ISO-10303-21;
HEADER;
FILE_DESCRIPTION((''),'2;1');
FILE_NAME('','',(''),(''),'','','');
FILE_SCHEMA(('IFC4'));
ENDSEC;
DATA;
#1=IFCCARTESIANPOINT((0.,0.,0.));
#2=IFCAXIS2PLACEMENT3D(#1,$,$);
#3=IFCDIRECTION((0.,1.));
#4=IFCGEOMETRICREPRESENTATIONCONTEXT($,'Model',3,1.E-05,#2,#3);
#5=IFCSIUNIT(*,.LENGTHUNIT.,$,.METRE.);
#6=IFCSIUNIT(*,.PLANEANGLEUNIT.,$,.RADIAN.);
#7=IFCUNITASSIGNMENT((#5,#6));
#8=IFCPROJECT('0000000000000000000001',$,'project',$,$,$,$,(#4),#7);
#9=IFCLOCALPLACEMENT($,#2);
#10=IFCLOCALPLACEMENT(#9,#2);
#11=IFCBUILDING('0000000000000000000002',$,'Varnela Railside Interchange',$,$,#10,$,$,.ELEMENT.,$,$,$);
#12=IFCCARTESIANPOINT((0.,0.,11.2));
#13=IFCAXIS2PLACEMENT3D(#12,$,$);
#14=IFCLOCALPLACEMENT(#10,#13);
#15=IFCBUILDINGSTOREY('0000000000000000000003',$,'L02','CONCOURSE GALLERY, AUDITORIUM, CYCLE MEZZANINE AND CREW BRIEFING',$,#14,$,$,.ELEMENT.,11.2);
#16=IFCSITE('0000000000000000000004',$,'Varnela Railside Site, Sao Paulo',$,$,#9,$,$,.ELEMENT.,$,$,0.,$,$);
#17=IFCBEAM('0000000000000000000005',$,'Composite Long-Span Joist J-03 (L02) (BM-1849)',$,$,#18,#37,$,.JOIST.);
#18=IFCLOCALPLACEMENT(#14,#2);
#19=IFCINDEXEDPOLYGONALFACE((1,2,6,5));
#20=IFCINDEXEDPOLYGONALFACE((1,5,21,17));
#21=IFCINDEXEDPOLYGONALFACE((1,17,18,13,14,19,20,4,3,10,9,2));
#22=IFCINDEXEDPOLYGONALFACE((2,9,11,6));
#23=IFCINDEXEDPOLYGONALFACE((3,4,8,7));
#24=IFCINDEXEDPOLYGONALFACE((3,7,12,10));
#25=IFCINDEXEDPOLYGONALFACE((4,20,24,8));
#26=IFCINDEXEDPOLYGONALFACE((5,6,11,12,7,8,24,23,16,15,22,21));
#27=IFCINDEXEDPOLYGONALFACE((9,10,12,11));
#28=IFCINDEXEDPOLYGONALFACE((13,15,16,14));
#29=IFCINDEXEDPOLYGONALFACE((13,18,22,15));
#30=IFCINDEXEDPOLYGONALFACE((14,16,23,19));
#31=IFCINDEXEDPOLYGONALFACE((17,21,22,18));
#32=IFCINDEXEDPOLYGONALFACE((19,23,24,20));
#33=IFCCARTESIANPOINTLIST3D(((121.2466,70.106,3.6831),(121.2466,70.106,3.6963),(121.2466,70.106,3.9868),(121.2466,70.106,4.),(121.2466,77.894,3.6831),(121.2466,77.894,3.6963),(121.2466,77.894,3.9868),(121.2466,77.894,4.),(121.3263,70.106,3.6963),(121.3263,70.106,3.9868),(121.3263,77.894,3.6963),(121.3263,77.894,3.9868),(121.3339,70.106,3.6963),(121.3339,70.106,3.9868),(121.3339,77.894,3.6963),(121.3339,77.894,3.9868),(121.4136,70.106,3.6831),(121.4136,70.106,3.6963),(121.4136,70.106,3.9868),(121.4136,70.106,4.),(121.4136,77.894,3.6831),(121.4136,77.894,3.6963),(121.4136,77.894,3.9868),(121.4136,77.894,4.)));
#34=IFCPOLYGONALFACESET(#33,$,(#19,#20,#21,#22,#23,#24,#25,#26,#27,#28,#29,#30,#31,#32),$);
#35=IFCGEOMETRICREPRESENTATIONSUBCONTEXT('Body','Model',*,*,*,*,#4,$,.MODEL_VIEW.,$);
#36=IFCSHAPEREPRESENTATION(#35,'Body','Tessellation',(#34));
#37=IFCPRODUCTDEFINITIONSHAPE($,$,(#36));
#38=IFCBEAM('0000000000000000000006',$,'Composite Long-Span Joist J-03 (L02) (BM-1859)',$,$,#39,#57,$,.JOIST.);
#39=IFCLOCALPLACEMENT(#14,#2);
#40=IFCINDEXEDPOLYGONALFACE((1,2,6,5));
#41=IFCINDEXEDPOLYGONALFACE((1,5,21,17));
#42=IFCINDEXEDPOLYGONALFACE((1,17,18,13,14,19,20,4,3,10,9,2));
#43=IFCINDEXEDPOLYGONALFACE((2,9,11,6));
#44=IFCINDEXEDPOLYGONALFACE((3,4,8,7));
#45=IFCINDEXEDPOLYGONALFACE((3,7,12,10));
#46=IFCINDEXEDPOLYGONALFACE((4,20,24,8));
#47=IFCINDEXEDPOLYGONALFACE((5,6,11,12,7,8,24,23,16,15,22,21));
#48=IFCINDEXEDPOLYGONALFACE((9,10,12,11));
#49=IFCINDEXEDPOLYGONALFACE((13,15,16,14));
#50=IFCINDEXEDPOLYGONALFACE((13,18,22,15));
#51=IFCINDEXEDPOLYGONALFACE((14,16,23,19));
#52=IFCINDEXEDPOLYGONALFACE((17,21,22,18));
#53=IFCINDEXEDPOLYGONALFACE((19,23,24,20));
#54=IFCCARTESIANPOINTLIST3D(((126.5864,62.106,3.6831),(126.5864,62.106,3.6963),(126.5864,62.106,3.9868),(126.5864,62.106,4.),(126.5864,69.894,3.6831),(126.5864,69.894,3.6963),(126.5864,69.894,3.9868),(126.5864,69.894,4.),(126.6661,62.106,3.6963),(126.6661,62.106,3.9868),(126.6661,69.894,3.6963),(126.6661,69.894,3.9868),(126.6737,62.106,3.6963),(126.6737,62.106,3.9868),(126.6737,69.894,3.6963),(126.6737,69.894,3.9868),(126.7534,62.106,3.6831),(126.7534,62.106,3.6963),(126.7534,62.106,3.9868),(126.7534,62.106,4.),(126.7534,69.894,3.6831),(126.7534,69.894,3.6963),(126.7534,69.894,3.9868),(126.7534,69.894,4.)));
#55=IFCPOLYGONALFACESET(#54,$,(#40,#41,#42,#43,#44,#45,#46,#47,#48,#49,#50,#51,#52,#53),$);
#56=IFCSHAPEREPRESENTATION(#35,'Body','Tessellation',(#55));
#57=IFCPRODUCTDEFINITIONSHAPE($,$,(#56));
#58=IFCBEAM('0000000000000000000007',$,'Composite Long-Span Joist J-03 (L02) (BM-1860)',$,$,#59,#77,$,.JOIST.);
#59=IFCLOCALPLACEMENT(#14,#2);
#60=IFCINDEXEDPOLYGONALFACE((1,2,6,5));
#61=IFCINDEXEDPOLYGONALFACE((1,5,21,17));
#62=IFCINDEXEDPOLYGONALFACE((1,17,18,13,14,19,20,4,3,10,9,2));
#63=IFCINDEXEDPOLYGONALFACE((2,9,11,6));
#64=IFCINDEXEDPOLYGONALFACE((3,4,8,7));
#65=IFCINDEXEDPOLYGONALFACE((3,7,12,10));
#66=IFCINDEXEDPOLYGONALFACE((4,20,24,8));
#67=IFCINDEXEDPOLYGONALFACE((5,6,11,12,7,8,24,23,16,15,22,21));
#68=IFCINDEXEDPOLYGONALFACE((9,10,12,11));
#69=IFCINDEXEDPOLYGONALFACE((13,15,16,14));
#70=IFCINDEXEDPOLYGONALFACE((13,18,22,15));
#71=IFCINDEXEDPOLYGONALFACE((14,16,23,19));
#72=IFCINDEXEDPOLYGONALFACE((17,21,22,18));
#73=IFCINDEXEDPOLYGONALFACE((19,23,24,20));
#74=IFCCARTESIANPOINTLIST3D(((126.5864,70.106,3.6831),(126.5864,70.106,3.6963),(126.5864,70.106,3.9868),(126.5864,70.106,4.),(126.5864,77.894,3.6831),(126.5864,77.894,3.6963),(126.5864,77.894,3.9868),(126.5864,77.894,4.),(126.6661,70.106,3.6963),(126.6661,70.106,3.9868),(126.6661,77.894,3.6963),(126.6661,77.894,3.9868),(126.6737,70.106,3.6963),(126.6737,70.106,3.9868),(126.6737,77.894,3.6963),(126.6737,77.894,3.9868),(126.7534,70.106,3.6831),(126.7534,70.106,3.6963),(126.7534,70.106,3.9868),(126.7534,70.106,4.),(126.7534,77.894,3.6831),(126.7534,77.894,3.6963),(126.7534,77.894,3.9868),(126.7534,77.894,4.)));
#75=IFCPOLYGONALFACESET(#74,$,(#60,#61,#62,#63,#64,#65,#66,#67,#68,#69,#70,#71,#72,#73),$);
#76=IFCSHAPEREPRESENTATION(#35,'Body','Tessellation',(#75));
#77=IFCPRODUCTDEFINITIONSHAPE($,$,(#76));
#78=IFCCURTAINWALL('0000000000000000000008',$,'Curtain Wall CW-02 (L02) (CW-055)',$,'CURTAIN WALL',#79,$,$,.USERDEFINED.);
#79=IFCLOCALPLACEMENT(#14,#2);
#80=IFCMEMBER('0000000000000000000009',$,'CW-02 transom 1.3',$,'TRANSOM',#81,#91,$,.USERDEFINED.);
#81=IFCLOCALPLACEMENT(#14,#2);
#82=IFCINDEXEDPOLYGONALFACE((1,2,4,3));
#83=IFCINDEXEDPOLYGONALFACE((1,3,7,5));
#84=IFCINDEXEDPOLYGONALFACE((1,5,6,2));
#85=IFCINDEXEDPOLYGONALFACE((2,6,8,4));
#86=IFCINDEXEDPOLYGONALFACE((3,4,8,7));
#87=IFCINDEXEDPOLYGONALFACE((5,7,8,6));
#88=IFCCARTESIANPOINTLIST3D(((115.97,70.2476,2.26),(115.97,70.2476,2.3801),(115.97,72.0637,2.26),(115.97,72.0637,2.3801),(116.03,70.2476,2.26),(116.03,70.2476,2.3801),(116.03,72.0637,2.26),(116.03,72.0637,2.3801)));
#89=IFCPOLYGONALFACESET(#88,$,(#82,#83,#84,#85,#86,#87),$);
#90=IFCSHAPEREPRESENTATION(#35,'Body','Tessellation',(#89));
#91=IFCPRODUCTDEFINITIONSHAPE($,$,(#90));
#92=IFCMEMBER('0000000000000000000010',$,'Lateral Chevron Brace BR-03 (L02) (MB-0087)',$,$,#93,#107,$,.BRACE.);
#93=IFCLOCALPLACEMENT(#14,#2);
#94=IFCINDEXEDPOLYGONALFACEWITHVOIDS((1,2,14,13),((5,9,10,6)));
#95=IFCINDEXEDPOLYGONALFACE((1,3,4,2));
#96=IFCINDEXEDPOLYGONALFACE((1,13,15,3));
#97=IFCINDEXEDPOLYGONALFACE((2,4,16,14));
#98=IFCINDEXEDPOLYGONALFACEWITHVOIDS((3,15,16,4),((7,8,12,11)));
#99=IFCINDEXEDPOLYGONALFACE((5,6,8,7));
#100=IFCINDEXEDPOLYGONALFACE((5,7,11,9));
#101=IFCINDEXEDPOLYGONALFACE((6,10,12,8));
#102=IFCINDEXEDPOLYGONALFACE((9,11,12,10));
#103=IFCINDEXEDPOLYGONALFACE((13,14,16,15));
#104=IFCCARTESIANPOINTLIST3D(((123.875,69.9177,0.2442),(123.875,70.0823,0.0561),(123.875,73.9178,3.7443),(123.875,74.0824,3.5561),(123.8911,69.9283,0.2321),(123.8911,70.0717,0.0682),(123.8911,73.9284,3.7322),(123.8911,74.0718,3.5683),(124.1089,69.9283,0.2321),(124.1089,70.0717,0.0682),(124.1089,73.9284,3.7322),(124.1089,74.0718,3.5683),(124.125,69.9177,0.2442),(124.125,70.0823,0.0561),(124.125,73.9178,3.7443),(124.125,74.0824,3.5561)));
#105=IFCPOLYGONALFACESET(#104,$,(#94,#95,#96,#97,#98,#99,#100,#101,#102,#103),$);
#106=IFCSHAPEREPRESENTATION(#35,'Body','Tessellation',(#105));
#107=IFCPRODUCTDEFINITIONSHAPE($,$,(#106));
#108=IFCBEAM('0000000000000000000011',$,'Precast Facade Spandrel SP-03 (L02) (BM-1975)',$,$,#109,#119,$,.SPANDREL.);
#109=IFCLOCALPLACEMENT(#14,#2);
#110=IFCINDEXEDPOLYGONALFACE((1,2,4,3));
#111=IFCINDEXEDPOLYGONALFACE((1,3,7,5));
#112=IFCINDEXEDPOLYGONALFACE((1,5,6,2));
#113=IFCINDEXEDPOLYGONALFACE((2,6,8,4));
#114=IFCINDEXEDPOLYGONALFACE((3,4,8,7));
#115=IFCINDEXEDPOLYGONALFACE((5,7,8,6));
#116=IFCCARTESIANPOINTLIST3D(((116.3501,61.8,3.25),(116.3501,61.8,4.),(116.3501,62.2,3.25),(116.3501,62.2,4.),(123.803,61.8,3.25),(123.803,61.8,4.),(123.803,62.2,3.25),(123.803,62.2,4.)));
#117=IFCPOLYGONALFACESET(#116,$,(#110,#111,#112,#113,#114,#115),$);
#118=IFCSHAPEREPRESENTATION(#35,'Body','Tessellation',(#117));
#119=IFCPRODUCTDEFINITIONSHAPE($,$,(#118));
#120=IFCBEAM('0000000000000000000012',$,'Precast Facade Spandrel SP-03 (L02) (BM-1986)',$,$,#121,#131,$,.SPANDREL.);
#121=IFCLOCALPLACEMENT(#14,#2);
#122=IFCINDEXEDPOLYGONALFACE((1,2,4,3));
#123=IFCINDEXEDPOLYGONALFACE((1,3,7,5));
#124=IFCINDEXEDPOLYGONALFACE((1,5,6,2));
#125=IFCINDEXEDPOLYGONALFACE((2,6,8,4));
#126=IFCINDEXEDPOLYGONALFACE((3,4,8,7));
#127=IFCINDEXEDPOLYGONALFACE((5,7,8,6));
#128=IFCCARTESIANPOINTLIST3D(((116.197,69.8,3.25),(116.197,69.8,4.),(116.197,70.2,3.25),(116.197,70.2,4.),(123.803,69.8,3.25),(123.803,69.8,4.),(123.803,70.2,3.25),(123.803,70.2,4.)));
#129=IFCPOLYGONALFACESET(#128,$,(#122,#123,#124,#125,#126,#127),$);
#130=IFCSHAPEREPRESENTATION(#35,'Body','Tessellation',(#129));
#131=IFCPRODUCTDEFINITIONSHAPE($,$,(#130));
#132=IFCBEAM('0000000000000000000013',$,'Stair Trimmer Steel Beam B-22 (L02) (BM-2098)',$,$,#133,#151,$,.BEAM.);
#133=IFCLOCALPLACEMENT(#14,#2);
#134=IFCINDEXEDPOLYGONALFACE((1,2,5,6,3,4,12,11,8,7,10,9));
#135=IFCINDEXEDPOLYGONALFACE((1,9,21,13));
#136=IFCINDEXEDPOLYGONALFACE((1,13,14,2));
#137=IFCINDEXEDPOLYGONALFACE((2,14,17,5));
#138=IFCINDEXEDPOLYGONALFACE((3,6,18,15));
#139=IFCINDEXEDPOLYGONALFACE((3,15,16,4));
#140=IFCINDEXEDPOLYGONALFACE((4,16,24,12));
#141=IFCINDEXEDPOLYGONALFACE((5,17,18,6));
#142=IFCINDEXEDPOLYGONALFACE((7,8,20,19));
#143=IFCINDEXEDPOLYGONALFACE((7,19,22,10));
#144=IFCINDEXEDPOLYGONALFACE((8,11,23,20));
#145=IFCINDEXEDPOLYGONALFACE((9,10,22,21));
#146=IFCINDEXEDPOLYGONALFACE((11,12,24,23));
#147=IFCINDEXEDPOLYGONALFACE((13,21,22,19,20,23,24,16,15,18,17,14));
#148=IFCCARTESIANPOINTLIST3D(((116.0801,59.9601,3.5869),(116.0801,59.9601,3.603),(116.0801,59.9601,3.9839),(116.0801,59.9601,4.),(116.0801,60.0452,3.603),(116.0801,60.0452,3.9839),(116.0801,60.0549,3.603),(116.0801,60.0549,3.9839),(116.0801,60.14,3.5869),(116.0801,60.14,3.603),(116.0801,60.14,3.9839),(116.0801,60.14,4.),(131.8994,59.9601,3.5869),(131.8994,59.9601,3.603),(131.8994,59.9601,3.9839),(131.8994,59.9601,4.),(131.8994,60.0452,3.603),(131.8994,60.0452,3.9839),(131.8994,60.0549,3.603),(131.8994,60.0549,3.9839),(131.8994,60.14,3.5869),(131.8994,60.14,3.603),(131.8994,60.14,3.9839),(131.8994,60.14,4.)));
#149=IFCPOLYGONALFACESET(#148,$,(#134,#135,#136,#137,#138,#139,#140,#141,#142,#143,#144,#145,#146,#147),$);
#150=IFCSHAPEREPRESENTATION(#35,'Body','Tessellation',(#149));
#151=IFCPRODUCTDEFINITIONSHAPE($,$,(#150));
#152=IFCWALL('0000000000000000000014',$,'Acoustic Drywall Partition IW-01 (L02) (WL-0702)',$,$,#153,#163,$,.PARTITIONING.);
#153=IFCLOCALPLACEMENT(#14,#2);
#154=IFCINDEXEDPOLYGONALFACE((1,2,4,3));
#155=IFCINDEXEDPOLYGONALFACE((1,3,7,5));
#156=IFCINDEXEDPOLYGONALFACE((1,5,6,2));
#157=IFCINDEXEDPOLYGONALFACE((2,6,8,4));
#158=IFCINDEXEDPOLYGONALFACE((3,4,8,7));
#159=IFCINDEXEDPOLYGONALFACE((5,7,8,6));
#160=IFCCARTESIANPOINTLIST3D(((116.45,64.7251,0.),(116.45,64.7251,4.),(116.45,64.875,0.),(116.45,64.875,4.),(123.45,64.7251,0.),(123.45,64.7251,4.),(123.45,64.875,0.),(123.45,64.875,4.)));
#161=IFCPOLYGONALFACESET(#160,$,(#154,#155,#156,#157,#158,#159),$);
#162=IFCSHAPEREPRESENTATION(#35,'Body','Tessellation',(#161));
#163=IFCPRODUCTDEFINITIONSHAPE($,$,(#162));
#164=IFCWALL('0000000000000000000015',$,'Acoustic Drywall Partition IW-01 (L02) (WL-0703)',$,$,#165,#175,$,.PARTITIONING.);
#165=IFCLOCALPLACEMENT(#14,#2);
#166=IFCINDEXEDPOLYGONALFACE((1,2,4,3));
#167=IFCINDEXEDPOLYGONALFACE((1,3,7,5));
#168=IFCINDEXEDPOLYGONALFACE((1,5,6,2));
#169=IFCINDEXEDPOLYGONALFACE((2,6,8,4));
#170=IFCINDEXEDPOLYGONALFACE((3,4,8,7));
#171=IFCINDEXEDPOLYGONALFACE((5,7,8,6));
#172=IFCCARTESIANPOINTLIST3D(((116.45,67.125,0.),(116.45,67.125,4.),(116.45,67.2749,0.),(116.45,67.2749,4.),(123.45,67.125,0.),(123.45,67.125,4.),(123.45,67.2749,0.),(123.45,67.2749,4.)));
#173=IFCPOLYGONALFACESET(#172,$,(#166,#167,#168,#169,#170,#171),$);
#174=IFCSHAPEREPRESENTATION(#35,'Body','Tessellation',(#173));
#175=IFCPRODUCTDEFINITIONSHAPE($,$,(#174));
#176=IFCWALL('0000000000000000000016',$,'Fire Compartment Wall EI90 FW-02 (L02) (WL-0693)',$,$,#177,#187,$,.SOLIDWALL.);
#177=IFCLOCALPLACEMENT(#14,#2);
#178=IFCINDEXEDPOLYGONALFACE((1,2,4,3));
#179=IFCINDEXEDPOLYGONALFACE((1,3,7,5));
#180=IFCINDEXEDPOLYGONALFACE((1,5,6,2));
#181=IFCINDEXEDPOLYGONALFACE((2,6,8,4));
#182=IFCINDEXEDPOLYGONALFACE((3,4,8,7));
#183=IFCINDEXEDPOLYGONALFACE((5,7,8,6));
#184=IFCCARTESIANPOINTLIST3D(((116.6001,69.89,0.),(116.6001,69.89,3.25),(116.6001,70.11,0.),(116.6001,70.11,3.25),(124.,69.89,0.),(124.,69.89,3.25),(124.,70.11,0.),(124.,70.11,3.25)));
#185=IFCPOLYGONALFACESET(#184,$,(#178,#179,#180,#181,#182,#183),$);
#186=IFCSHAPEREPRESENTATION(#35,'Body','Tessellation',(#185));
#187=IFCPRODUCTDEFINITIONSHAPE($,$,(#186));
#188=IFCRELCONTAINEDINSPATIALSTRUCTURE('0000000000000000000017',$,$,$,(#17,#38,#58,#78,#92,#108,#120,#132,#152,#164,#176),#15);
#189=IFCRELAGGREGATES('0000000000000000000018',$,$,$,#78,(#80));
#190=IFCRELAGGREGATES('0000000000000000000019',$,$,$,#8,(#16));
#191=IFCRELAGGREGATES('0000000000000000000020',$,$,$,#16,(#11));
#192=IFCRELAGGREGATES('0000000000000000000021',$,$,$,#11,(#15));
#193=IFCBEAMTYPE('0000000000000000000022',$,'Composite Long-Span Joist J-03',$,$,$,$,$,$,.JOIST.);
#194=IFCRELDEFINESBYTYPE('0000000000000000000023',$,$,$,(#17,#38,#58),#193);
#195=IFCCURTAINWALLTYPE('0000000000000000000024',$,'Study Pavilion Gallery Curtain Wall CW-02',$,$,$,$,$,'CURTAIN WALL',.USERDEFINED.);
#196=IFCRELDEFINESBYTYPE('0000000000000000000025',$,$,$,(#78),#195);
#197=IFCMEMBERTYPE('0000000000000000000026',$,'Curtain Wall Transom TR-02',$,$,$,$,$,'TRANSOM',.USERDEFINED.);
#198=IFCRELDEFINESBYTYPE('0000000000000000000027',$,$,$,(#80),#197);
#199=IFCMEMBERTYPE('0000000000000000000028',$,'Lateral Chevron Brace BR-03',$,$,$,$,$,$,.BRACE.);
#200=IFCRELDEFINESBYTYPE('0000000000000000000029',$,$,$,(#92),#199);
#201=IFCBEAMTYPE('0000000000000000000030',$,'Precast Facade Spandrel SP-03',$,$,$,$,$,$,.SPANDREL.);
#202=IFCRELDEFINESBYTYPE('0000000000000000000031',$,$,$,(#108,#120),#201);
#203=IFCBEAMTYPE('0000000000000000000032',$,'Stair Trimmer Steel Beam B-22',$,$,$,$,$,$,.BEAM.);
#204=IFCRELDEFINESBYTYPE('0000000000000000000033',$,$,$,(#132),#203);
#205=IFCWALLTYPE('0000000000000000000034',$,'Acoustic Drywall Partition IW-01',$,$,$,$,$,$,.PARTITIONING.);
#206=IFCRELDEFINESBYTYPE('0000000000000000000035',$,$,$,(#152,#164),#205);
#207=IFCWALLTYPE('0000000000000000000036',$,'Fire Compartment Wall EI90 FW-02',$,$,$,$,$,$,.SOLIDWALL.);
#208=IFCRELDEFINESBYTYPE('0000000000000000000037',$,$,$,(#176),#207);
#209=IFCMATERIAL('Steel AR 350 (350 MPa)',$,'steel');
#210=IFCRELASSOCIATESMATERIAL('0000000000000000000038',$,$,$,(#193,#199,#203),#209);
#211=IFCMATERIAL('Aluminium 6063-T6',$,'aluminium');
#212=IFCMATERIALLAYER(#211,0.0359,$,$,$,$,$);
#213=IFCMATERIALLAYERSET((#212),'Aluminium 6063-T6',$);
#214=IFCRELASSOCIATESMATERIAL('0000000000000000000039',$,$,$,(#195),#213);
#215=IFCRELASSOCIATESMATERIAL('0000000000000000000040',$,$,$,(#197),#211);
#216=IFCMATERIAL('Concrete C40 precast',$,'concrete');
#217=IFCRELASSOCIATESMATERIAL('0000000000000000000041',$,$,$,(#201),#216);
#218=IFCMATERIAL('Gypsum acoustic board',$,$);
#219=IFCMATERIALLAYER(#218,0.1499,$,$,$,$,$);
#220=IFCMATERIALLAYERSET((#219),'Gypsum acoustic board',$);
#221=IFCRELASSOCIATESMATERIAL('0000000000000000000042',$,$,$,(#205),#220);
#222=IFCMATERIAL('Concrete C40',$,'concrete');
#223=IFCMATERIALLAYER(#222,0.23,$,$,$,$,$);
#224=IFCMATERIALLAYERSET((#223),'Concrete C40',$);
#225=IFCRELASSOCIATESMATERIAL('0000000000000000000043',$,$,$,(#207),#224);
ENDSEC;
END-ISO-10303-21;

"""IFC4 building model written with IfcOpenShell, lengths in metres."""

from ifc_helpers import new_model, si_unit, direction, frame, frame_2d, origin, origin_2d, place, context, subcontext, project, spatial, rectangle, hollow_rectangle, i_section, extrude, material, layer, layer_set, material_profile, profile_set, type_object, element, aggregate, save


model = new_model("IFC4")

# Units and contexts
model_context = context("Model", 3, precision=1e-05, world=origin(), true_north=direction((0.0, 1.0)))
body_context = subcontext(model_context, "Body", "Model", "MODEL_VIEW")
ifc_project = project(units=[si_unit("LENGTHUNIT", "METRE"), si_unit("PLANEANGLEUNIT", "RADIAN")], contexts=[model_context])

# Site, building, storey
site_placement = place(None, origin())
site = spatial("IfcSite", under=ifc_project, at=site_placement, Name="Varnela Railside Site, Sao Paulo", CompositionType="ELEMENT", RefElevation=0.0)
building_placement = place(site_placement, origin())
building = spatial("IfcBuilding", under=site, at=building_placement, Name="Varnela Railside Interchange", CompositionType="ELEMENT")
storey_placement = place(building_placement, frame((0.0, 0.0, 11.2)))
storey = spatial("IfcBuildingStorey", under=building, at=storey_placement, Name="L02", Description="CONCOURSE GALLERY, AUDITORIUM, CYCLE MEZZANINE AND CREW BRIEFING", CompositionType="ELEMENT", Elevation=11.2)

# Shared definitions
ifc_material_1 = material(Name="Steel AR 350 (350 MPa)", Category="steel")

# Beams
ifc_material_profile_1 = material_profile(ifc_material_1, i_section(OverallWidth=0.167, OverallDepth=0.3169, WebThickness=0.0076, FlangeThickness=0.0132, at=origin_2d()), Name="W310x52")
ifc_profile_set_1 = profile_set([ifc_material_profile_1], Name="Steel AR 350 (350 MPa)")
beam_type_1 = type_object("IfcBeamType", Name="Composite Long-Span Joist J-03", PredefinedType="JOIST", material=ifc_profile_set_1)
for number, where, z_axis, x_axis, name in (
    (1, (121.3301, 70.106, 3.8416), (0.0, 1.0, 0.0), (-1.0, 0.0, 0.0), "Composite Long-Span Joist J-03 (L02) (BM-1849)"),
    (2, (126.6699, 62.106, 3.8416), (0.0, 1.0, 0.0), (-1.0, 0.0, 0.0), "Composite Long-Span Joist J-03 (L02) (BM-1859)"),
    (3, (126.6699, 70.106, 3.8416), (0.0, 1.0, 0.0), (-1.0, 0.0, 0.0), "Composite Long-Span Joist J-03 (L02) (BM-1860)"),
):
    element("IfcBeam", number, at=place(storey_placement, frame(where, z_axis=z_axis, x_axis=x_axis)), inside=storey, type_object=beam_type_1, Name=name, PredefinedType="JOIST", context=body_context, shape_type="SweptSolid", body=[
        extrude(i_section(OverallWidth=0.167, OverallDepth=0.3169, WebThickness=0.0076, FlangeThickness=0.0132, at=origin_2d()), origin(), (0.0, 0.0, 1.0), 7.7881),
    ])

# Curtain wall, member
ifc_material_2 = material(Name="Aluminium 6063-T6", Category="aluminium")
ifc_layer_1 = layer(ifc_material_2, 0.0359)
ifc_layer_set_1 = layer_set([ifc_layer_1], Name="Aluminium 6063-T6")
curtain_wall_type = type_object("IfcCurtainWallType", Name="Study Pavilion Gallery Curtain Wall CW-02", ElementType="CURTAIN WALL", PredefinedType="USERDEFINED", material=ifc_layer_set_1)
curtain_wall_placement = place(storey_placement, origin())
curtain_wall = element("IfcCurtainWall", 4, at=curtain_wall_placement, inside=storey, type_object=curtain_wall_type, Name="Curtain Wall CW-02 (L02) (CW-055)", ObjectType="CURTAIN WALL", PredefinedType="USERDEFINED")
ifc_material_profile_2 = material_profile(ifc_material_2, rectangle(XDim=0.0601, YDim=0.1201, at=origin_2d()), Name="ALU 60x120")
ifc_profile_set_2 = profile_set([ifc_material_profile_2], Name="Aluminium 6063-T6")
member_type_1 = type_object("IfcMemberType", Name="Curtain Wall Transom TR-02", ElementType="TRANSOM", PredefinedType="USERDEFINED", material=ifc_profile_set_2)
member_1_placement = place(storey_placement, frame((116.0, 70.2476, 2.3201), z_axis=(0.0, 1.0, 0.0), x_axis=(-1.0, 0.0, 0.0)))
member_1 = element("IfcMember", 5, at=member_1_placement, type_object=member_type_1, Name="CW-02 transom 1.3", ObjectType="TRANSOM", PredefinedType="USERDEFINED", context=body_context, shape_type="SweptSolid", body=[
    extrude(rectangle(XDim=0.0601, YDim=0.1201, at=origin_2d()), origin(), (0.0, 0.0, 1.0), 1.8162),
])
aggregate(curtain_wall, [member_1])

# Member
ifc_material_profile_3 = material_profile(ifc_material_1, hollow_rectangle(XDim=0.25, YDim=0.25, WallThickness=0.0161, at=origin_2d()), Name="HSS 250x250x16")
ifc_profile_set_3 = profile_set([ifc_material_profile_3], Name="Steel AR 350 (350 MPa)")
member_type_2 = type_object("IfcMemberType", Name="Lateral Chevron Brace BR-03", PredefinedType="BRACE", material=ifc_profile_set_3)
member_2_placement = place(storey_placement, frame((124.0, 70.0, 0.1501), z_axis=(0.0, 0.752577, 0.658505), x_axis=(-1.0, 0.0, 0.0)))
element("IfcMember", 6, at=member_2_placement, inside=storey, type_object=member_type_2, Name="Lateral Chevron Brace BR-03 (L02) (MB-0087)", PredefinedType="BRACE", context=body_context, shape_type="SweptSolid", body=[
    extrude(hollow_rectangle(XDim=0.25, YDim=0.25, WallThickness=0.0161, at=origin_2d()), origin(), (0.0, 0.0, 1.0), 5.3152),
])

# Beams
ifc_material_3 = material(Name="Concrete C40 precast", Category="concrete")
ifc_material_profile_4 = material_profile(ifc_material_3, rectangle(XDim=0.3999, YDim=0.75, at=origin_2d()), Name="PC 400x750")
ifc_profile_set_4 = profile_set([ifc_material_profile_4], Name="Concrete C40 precast")
beam_type_2 = type_object("IfcBeamType", Name="Precast Facade Spandrel SP-03", PredefinedType="SPANDREL", material=ifc_profile_set_4)
beam_1_placement = place(storey_placement, frame((116.3501, 62.0, 3.625), z_axis=(1.0, 0.0, 0.0), x_axis=(0.0, 1.0, 0.0)))
element("IfcBeam", 7, at=beam_1_placement, inside=storey, type_object=beam_type_2, Name="Precast Facade Spandrel SP-03 (L02) (BM-1975)", PredefinedType="SPANDREL", context=body_context, shape_type="SweptSolid", body=[
    extrude(rectangle(XDim=0.3999, YDim=0.75, at=origin_2d()), origin(), (0.0, 0.0, 1.0), 7.4529),
])
beam_2_placement = place(storey_placement, frame((116.197, 70.0, 3.625), z_axis=(1.0, 0.0, 0.0), x_axis=(0.0, 1.0, 0.0)))
element("IfcBeam", 8, at=beam_2_placement, inside=storey, type_object=beam_type_2, Name="Precast Facade Spandrel SP-03 (L02) (BM-1986)", PredefinedType="SPANDREL", context=body_context, shape_type="SweptSolid", body=[
    extrude(rectangle(XDim=0.3999, YDim=0.75, at=origin_2d()), origin(), (0.0, 0.0, 1.0), 7.606),
])
ifc_material_profile_5 = material_profile(ifc_material_1, i_section(OverallWidth=0.1799, OverallDepth=0.4131, WebThickness=0.0098, FlangeThickness=0.0161, at=origin_2d()), Name="W410x75")
ifc_profile_set_5 = profile_set([ifc_material_profile_5], Name="Steel AR 350 (350 MPa)")
beam_type_3 = type_object("IfcBeamType", Name="Stair Trimmer Steel Beam B-22", PredefinedType="BEAM", material=ifc_profile_set_5)
beam_3_placement = place(storey_placement, frame((116.0801, 60.05, 3.7935), z_axis=(1.0, 0.0, 0.0), x_axis=(0.0, 1.0, 0.0)))
element("IfcBeam", 9, at=beam_3_placement, inside=storey, type_object=beam_type_3, Name="Stair Trimmer Steel Beam B-22 (L02) (BM-2098)", PredefinedType="BEAM", context=body_context, shape_type="SweptSolid", body=[
    extrude(i_section(OverallWidth=0.1799, OverallDepth=0.4131, WebThickness=0.0098, FlangeThickness=0.0161, at=origin_2d()), origin(), (0.0, 0.0, 1.0), 15.8193),
])

# Walls
ifc_material_4 = material(Name="Gypsum acoustic board")
ifc_layer_2 = layer(ifc_material_4, 0.1499)
ifc_layer_set_2 = layer_set([ifc_layer_2], Name="Gypsum acoustic board")
wall_type_1 = type_object("IfcWallType", Name="Acoustic Drywall Partition IW-01", PredefinedType="PARTITIONING", material=ifc_layer_set_2)
for number, where, z_axis, x_axis, name in (
    (10, (116.45, 64.8, 0.0), (0.0, 0.0, 1.0), (1.0, 0.0, 0.0), "Acoustic Drywall Partition IW-01 (L02) (WL-0702)"),
    (11, (116.45, 67.2, 0.0), (0.0, 0.0, 1.0), (1.0, 0.0, 0.0), "Acoustic Drywall Partition IW-01 (L02) (WL-0703)"),
):
    element("IfcWall", number, at=place(storey_placement, frame(where, z_axis=z_axis, x_axis=x_axis)), inside=storey, type_object=wall_type_1, Name=name, PredefinedType="PARTITIONING", context=body_context, shape_type="SweptSolid", body=[
        extrude(rectangle(XDim=7.0, YDim=0.1499, at=frame_2d((3.5, 0.0))), origin(), (0.0, 0.0, 1.0), 4.0),
    ])
ifc_material_5 = material(Name="Concrete C40", Category="concrete")
ifc_layer_3 = layer(ifc_material_5, 0.23)
ifc_layer_set_3 = layer_set([ifc_layer_3], Name="Concrete C40")
wall_type_2 = type_object("IfcWallType", Name="Fire Compartment Wall EI90 FW-02", PredefinedType="SOLIDWALL", material=ifc_layer_set_3)
wall_1_placement = place(storey_placement, frame((116.6001, 70.0, 0.0), z_axis=(0.0, 0.0, 1.0), x_axis=(1.0, 0.0, 0.0)))
element("IfcWall", 12, at=wall_1_placement, inside=storey, type_object=wall_type_2, Name="Fire Compartment Wall EI90 FW-02 (L02) (WL-0693)", PredefinedType="SOLIDWALL", context=body_context, shape_type="SweptSolid", body=[
    extrude(rectangle(XDim=7.3999, YDim=0.22, at=frame_2d((3.7, 0.0))), origin(), (0.0, 0.0, 1.0), 3.25),
])

save(model, "model.ifc")
